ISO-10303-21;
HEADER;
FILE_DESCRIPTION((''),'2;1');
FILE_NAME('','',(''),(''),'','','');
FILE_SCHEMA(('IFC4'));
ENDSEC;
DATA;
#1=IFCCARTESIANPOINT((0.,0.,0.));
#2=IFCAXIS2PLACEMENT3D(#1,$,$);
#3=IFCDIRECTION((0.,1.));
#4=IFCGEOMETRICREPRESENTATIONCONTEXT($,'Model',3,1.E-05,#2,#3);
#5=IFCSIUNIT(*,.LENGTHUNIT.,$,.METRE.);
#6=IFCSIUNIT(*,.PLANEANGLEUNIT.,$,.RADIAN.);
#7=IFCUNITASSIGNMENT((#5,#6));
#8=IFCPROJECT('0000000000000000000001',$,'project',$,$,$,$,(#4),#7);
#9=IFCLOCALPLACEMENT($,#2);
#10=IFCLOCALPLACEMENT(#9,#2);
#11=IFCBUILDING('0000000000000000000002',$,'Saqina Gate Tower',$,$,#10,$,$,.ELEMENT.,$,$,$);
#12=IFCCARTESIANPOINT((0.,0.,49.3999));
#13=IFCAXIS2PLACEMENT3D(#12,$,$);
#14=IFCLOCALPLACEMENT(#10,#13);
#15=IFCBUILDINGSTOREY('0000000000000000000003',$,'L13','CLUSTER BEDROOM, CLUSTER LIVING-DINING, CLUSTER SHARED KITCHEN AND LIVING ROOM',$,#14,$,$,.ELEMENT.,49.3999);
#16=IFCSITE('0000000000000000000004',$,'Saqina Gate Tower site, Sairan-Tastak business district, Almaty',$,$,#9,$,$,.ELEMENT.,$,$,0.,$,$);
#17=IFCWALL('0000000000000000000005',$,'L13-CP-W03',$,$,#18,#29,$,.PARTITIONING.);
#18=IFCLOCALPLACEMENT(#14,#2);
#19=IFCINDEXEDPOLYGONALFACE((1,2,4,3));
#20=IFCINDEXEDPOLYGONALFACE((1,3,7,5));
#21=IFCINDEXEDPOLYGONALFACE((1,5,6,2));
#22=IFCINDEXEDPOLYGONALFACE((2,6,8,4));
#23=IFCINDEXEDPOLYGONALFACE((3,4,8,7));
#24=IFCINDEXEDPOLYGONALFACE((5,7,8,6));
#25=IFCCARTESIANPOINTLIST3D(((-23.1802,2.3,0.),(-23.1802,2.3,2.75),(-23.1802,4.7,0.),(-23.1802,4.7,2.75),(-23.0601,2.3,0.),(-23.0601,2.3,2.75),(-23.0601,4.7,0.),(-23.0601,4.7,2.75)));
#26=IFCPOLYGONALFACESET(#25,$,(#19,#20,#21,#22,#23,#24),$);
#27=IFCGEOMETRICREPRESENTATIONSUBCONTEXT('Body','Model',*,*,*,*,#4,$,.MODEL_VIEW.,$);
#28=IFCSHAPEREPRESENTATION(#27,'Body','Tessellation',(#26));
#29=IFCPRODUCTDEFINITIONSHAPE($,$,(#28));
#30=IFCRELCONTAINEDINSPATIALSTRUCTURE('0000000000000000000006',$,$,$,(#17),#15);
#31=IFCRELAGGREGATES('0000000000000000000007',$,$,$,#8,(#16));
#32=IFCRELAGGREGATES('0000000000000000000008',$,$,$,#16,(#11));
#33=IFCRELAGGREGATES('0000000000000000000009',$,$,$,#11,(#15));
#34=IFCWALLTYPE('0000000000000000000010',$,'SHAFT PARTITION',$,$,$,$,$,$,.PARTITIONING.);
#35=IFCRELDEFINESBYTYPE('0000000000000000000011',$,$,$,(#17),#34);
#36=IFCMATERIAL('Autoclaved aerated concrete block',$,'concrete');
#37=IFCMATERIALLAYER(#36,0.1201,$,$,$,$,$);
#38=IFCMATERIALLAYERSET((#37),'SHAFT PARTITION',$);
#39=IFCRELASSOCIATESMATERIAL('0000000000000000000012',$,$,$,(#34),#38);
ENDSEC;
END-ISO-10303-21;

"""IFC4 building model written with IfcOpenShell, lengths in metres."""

from ifc_helpers import new_model, si_unit, direction, frame, frame_2d, origin, place, context, subcontext, project, spatial, rectangle, extrude, material, layer, layer_set, type_object, element, save


model = new_model("IFC4")

# Units and contexts
model_context = context("Model", 3, precision=1e-05, world=origin(), true_north=direction((0.0, 1.0)))
body_context = subcontext(model_context, "Body", "Model", "MODEL_VIEW")
ifc_project = project(units=[si_unit("LENGTHUNIT", "METRE"), si_unit("PLANEANGLEUNIT", "RADIAN")], contexts=[model_context])

# Site, building, storey
site_placement = place(None, origin())
site = spatial("IfcSite", under=ifc_project, at=site_placement, Name="Saqina Gate Tower site, Sairan-Tastak business district, Almaty", CompositionType="ELEMENT", RefElevation=0.0)
building_placement = place(site_placement, origin())
building = spatial("IfcBuilding", under=site, at=building_placement, Name="Saqina Gate Tower", CompositionType="ELEMENT")
storey_placement = place(building_placement, frame((0.0, 0.0, 49.3999)))
storey = spatial("IfcBuildingStorey", under=building, at=storey_placement, Name="L13", Description="CLUSTER BEDROOM, CLUSTER LIVING-DINING, CLUSTER SHARED KITCHEN AND LIVING ROOM", CompositionType="ELEMENT", Elevation=49.3999)

# Wall
ifc_material_1 = material(Name="Autoclaved aerated concrete block", Category="concrete")
ifc_layer_1 = layer(ifc_material_1, 0.1201)
ifc_layer_set_1 = layer_set([ifc_layer_1], Name="SHAFT PARTITION")
wall_type_1 = type_object("IfcWallType", Name="SHAFT PARTITION", PredefinedType="PARTITIONING", material=ifc_layer_set_1)
for number, where, z_axis, x_axis, name in (
    (1, (-23.1201, 2.3, 0.0), (0.0, 0.0, 1.0), (0.0, 1.0, 0.0), "L13-CP-W03"),
):
    element("IfcWall", number, at=place(storey_placement, frame(where, z_axis=z_axis, x_axis=x_axis)), inside=storey, type_object=wall_type_1, Name=name, PredefinedType="PARTITIONING", context=body_context, shape_type="SweptSolid", body=[
        extrude(rectangle(XDim=2.3999, YDim=0.1201, at=frame_2d((1.2, 0.0))), origin(), (0.0, 0.0, 1.0), 2.75),
    ])

save(model, "model.ifc")
